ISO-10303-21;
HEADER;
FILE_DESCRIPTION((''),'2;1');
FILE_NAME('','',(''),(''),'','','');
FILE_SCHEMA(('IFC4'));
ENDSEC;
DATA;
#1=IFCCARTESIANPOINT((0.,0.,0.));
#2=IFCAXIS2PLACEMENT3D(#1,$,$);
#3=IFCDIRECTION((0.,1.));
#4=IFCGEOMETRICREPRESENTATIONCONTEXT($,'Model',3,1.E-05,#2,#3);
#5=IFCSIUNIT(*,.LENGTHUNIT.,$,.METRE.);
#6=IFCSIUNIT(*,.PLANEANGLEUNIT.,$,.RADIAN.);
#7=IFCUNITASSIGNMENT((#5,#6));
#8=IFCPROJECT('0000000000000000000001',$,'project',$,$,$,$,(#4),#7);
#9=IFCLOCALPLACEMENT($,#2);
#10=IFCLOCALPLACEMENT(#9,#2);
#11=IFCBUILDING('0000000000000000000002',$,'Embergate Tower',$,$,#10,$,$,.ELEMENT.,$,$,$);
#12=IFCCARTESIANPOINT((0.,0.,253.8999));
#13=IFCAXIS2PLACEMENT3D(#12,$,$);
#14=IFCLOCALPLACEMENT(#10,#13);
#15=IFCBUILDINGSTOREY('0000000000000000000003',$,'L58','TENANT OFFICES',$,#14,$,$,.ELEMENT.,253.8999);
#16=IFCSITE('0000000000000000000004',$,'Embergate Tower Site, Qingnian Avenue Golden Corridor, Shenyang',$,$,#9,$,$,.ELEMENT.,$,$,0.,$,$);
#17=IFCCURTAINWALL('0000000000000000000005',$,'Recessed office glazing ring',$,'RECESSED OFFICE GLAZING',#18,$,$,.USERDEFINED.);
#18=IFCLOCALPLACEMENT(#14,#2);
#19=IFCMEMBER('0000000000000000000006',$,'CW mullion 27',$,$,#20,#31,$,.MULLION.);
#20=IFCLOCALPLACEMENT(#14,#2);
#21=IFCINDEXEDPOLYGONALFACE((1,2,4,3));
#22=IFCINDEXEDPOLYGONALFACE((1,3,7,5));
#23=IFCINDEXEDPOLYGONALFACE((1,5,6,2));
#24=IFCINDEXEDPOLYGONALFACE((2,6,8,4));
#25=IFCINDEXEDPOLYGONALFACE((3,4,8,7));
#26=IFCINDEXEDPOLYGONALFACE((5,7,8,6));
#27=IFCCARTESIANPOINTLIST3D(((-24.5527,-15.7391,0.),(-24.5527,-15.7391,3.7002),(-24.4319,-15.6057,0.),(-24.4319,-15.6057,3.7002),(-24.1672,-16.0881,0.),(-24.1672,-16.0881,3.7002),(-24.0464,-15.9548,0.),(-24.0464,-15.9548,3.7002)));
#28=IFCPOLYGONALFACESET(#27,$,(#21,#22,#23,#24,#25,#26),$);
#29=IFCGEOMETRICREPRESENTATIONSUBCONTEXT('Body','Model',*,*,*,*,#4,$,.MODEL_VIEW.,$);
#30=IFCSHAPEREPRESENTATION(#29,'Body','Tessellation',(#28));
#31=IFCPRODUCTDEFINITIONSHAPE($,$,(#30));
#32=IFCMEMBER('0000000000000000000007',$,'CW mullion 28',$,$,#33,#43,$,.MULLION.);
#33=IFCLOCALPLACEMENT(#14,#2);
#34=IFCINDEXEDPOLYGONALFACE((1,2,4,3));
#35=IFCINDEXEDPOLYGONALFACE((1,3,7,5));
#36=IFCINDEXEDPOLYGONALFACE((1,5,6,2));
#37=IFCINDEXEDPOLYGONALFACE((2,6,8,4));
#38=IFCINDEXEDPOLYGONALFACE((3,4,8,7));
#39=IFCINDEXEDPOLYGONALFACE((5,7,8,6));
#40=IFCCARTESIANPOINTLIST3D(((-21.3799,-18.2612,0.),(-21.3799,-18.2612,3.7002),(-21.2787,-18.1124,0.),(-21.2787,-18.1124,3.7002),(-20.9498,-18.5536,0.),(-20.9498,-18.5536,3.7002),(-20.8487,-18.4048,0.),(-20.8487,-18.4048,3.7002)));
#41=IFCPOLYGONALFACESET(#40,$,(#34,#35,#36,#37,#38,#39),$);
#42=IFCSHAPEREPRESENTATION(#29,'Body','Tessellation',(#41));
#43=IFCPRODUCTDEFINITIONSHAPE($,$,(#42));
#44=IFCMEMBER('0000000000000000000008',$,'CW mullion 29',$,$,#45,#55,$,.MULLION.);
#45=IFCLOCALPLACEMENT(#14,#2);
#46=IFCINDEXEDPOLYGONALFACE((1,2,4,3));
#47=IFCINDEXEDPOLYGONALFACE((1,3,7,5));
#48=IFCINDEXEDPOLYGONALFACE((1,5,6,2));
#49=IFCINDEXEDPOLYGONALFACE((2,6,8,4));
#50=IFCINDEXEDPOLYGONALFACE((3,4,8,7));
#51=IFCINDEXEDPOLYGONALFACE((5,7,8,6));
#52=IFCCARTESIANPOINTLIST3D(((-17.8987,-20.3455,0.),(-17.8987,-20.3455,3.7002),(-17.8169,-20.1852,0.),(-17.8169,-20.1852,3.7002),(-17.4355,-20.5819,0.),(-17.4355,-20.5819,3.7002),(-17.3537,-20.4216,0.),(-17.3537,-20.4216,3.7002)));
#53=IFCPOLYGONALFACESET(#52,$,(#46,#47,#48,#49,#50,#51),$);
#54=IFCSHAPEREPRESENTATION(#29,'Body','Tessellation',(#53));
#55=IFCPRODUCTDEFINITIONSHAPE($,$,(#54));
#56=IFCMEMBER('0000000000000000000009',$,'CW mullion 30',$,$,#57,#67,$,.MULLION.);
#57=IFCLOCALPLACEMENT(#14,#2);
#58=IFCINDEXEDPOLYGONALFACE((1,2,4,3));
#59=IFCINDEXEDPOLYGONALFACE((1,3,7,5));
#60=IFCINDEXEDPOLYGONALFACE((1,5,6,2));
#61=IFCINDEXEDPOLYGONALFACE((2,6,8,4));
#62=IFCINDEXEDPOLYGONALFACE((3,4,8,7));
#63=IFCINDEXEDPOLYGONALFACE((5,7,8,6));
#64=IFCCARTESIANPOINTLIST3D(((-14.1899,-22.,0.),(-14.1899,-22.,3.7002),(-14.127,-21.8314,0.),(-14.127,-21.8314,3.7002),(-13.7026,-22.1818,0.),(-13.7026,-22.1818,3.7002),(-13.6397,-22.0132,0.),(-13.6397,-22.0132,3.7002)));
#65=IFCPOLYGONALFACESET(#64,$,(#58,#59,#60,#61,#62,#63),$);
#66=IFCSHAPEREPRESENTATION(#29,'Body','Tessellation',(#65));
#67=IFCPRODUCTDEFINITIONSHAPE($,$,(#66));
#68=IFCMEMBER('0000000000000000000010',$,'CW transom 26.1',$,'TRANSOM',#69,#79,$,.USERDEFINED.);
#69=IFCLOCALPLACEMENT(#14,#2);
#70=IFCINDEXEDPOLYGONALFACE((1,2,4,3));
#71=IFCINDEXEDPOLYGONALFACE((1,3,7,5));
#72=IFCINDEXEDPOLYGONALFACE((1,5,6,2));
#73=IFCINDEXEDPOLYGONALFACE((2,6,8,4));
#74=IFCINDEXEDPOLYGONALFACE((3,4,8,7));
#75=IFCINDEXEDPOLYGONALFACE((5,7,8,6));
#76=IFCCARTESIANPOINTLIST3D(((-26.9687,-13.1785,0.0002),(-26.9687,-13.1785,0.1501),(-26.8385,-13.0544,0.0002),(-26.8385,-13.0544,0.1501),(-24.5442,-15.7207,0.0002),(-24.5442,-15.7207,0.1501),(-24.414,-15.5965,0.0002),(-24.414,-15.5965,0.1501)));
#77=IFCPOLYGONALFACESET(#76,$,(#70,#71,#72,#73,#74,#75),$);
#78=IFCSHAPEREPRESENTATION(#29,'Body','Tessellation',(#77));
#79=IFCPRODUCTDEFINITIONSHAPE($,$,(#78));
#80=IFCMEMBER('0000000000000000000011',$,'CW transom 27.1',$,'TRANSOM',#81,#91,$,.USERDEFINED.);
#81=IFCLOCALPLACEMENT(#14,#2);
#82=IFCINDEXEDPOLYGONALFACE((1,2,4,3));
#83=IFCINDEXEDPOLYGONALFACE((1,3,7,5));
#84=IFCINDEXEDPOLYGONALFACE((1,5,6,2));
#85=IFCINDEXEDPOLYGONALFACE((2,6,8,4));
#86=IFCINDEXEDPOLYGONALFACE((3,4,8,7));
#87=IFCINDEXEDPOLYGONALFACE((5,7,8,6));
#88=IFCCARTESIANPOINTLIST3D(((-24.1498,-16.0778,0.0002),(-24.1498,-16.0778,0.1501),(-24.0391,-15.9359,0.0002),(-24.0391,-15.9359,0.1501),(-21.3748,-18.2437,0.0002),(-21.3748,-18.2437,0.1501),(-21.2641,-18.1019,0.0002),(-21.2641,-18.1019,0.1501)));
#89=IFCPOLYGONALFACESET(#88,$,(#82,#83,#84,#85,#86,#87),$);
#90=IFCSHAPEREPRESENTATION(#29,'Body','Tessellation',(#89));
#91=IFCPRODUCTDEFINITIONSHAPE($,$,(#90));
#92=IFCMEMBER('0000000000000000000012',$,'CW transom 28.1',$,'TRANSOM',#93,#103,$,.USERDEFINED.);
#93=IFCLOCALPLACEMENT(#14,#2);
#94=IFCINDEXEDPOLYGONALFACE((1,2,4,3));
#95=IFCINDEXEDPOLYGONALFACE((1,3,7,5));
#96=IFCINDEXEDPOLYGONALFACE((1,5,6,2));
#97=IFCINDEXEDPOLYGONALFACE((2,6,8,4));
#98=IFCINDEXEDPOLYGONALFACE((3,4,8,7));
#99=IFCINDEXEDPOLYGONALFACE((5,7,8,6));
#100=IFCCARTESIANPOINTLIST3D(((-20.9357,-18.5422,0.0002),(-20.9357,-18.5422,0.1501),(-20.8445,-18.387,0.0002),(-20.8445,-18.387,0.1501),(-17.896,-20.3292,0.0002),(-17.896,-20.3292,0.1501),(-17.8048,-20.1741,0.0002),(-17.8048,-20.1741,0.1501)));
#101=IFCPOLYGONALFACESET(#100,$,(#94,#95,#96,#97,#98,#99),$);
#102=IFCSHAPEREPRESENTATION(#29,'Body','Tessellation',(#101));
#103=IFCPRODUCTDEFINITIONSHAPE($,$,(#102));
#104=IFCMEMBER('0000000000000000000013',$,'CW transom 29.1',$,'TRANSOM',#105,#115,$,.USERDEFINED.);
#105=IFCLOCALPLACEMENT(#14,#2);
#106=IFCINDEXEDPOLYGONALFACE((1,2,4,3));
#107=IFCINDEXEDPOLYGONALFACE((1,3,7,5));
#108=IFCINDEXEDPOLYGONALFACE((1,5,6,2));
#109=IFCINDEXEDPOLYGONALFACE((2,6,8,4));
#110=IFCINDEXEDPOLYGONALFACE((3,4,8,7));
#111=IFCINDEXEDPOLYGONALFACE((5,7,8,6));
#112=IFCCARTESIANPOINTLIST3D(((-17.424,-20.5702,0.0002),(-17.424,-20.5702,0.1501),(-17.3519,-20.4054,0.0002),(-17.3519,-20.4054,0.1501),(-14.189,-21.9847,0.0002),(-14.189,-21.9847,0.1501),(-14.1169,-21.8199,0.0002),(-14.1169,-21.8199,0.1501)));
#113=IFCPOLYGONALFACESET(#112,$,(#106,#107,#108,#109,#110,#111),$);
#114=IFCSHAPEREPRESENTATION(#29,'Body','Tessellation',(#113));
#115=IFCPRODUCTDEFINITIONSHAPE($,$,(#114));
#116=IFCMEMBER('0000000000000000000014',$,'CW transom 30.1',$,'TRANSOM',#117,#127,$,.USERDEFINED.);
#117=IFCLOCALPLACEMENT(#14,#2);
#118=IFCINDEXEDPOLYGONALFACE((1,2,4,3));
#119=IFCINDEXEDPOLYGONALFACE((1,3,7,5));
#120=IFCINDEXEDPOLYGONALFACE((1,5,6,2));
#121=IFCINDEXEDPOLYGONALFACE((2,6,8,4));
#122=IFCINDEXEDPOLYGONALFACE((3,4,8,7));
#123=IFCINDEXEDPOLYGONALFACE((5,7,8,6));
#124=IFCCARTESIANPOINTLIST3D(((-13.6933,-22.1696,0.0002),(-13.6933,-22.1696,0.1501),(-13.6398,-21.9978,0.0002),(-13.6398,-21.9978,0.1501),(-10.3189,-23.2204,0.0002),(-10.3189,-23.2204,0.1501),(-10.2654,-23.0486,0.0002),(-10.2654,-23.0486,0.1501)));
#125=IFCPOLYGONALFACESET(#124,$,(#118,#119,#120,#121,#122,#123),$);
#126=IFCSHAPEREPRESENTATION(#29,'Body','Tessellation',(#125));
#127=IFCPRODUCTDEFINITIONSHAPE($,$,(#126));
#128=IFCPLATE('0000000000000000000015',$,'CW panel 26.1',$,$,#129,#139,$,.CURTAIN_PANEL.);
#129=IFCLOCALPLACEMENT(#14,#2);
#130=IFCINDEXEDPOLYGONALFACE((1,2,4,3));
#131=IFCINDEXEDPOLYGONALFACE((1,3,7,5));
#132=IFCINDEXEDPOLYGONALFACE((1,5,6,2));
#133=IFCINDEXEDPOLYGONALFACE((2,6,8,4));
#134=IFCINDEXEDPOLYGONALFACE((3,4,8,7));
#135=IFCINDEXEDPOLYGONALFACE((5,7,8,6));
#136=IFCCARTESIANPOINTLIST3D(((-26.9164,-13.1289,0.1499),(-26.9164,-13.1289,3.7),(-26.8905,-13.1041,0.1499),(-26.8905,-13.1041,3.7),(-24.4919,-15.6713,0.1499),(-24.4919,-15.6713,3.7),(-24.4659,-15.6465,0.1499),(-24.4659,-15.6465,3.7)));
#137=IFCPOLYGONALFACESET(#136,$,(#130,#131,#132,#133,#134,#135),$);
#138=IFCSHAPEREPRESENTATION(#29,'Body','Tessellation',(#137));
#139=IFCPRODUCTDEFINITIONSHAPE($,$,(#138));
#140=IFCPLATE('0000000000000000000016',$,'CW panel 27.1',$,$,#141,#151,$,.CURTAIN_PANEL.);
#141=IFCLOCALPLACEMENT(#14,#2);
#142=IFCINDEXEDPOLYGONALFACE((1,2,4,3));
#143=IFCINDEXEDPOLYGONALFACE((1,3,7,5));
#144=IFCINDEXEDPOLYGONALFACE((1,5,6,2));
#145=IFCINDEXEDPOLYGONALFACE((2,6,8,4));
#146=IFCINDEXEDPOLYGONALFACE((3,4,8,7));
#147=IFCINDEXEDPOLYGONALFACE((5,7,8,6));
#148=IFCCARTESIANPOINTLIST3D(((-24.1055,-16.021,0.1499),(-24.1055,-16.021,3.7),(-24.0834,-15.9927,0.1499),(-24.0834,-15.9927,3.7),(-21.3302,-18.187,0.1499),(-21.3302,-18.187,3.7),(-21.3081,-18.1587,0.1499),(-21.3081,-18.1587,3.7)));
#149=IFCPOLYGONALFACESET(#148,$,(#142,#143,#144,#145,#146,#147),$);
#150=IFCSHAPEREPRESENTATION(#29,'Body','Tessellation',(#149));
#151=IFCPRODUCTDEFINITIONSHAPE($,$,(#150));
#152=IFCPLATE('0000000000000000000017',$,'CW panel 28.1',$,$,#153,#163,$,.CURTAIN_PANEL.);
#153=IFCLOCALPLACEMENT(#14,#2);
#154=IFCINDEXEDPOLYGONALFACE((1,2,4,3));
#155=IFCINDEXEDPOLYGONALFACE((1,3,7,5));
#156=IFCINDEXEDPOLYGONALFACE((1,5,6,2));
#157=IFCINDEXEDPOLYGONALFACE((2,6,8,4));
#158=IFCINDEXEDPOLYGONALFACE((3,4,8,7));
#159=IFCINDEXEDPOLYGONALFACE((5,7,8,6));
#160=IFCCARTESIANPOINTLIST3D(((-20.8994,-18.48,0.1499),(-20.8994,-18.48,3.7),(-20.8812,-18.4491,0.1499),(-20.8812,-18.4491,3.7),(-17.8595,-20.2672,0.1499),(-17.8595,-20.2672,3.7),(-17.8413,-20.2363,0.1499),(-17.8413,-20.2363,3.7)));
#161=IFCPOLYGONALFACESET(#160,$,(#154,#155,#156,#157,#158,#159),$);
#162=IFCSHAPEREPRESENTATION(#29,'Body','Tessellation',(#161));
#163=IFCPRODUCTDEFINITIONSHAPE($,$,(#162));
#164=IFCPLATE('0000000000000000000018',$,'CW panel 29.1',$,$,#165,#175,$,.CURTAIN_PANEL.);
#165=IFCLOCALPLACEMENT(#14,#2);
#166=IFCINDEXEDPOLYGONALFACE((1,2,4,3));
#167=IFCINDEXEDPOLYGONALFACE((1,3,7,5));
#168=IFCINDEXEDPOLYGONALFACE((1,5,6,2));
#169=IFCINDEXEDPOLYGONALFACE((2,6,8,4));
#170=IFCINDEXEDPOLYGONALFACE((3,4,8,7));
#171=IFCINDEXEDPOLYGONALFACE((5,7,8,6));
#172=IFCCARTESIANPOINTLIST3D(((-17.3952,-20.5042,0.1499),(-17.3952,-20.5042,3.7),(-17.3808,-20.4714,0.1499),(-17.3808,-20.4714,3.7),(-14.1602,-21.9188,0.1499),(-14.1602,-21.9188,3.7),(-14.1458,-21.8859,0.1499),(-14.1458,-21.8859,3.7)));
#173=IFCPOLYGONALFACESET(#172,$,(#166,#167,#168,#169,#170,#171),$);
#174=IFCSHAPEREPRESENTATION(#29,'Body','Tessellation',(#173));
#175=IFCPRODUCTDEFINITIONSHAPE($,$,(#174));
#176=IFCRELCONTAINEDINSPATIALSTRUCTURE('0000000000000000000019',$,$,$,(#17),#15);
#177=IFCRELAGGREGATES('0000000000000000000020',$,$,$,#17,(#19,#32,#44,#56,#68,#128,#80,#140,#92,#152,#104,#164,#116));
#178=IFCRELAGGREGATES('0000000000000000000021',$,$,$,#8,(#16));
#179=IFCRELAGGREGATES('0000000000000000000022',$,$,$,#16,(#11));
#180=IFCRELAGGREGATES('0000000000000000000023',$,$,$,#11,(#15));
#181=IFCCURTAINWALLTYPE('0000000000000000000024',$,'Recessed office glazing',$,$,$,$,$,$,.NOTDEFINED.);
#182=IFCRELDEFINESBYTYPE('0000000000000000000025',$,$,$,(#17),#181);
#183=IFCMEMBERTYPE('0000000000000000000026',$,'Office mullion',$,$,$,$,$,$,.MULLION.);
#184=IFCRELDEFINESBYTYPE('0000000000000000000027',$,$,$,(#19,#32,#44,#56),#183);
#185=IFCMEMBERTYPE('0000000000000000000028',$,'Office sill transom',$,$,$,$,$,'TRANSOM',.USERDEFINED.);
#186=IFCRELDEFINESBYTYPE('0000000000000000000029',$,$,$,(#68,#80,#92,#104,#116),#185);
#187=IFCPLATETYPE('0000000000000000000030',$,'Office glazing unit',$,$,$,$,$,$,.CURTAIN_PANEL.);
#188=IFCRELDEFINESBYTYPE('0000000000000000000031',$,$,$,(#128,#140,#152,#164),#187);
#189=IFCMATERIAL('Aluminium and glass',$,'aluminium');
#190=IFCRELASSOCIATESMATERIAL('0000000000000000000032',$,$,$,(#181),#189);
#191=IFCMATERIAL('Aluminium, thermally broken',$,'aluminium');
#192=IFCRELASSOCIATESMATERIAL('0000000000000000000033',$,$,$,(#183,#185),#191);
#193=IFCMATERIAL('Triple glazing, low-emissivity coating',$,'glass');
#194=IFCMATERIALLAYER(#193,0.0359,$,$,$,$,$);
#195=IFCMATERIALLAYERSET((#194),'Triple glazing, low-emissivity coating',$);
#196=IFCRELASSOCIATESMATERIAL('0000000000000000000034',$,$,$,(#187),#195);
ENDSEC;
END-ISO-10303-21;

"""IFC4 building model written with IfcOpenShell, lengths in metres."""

from ifc_helpers import new_model, si_unit, direction, frame, origin, origin_2d, place, context, subcontext, project, spatial, rectangle, extrude, source, transform, mapped, material, layer, layer_set, material_profile, profile_set, type_object, element, aggregate, save


model = new_model("IFC4")

# Units and contexts
model_context = context("Model", 3, precision=1e-05, world=origin(), true_north=direction((0.0, 1.0)))
body_context = subcontext(model_context, "Body", "Model", "MODEL_VIEW")
ifc_project = project(units=[si_unit("LENGTHUNIT", "METRE"), si_unit("PLANEANGLEUNIT", "RADIAN")], contexts=[model_context])

# Site, building, storey
site_placement = place(None, origin())
site = spatial("IfcSite", under=ifc_project, at=site_placement, Name="Embergate Tower Site, Qingnian Avenue Golden Corridor, Shenyang", CompositionType="ELEMENT", RefElevation=0.0)
building_placement = place(site_placement, origin())
building = spatial("IfcBuilding", under=site, at=building_placement, Name="Embergate Tower", CompositionType="ELEMENT")
storey_placement = place(building_placement, frame((0.0, 0.0, 253.8999)))
storey = spatial("IfcBuildingStorey", under=building, at=storey_placement, Name="L58", Description="TENANT OFFICES", CompositionType="ELEMENT", Elevation=253.8999)

# Curtain wall, members, plates
ifc_material_1 = material(Name="Aluminium and glass", Category="aluminium")
curtain_wall_type = type_object("IfcCurtainWallType", Name="Recessed office glazing", PredefinedType="NOTDEFINED", material=ifc_material_1)
curtain_wall_placement = place(storey_placement, origin())
curtain_wall = element("IfcCurtainWall", 1, at=curtain_wall_placement, inside=storey, type_object=curtain_wall_type, Name="Recessed office glazing ring", ObjectType="RECESSED OFFICE GLAZING", PredefinedType="USERDEFINED")
ifc_material_2 = material(Name="Aluminium, thermally broken", Category="aluminium")
ifc_material_profile_1 = material_profile(ifc_material_2, rectangle(XDim=0.1799, YDim=0.52, at=origin_2d()), Name="AL 520x180")
ifc_profile_set_1 = profile_set([ifc_material_profile_1], Name="Aluminium, thermally broken")
member_type_1 = type_object("IfcMemberType", Name="Office mullion", PredefinedType="MULLION", material=ifc_profile_set_1)
shared_shape_1 = source(origin(), body_context, "Body", "SweptSolid", [
    extrude(rectangle(XDim=0.1799, YDim=0.52, at=origin_2d()), origin(), (0.0, 0.0, 1.0), 3.7002),
])
member_1_placement = place(storey_placement, frame((-24.2996, -15.8469, 0.0), z_axis=(0.0, 0.0, 1.0), x_axis=(0.671217, 0.74126, 0.0)))
member_1 = element("IfcMember", 2, at=member_1_placement, type_object=member_type_1, Name="CW mullion 27", PredefinedType="MULLION", context=body_context, shape_type="MappedRepresentation", body=[
    mapped(shared_shape_1, transform((0.0, 0.0, 0.0))),
])
member_2_placement = place(storey_placement, frame((-21.1143, -18.333, 0.0), z_axis=(0.0, 0.0, 1.0), x_axis=(0.562209, 0.826995, 0.0)))
member_2 = element("IfcMember", 3, at=member_2_placement, type_object=member_type_1, Name="CW mullion 28", PredefinedType="MULLION", context=body_context, shape_type="MappedRepresentation", body=[
    mapped(shared_shape_1, transform((0.0, 0.0, 0.0))),
])
member_3_placement = place(storey_placement, frame((-17.6262, -20.3835, 0.0), z_axis=(0.0, 0.0, 1.0), x_axis=(0.454505, 0.890744, 0.0)))
member_3 = element("IfcMember", 4, at=member_3_placement, type_object=member_type_1, Name="CW mullion 29", PredefinedType="MULLION", context=body_context, shape_type="MappedRepresentation", body=[
    mapped(shared_shape_1, transform((0.0, 0.0, 0.0))),
])
member_4_placement = place(storey_placement, frame((-13.9148, -22.0066, 0.0), z_axis=(0.0, 0.0, 1.0), x_axis=(0.349498, 0.936937, 0.0)))
member_4 = element("IfcMember", 5, at=member_4_placement, type_object=member_type_1, Name="CW mullion 30", PredefinedType="MULLION", context=body_context, shape_type="MappedRepresentation", body=[
    mapped(shared_shape_1, transform((0.0, 0.0, 0.0))),
])
ifc_material_profile_2 = material_profile(ifc_material_2, rectangle(XDim=0.1799, YDim=0.1499, at=origin_2d()), Name="AL 150x180")
ifc_profile_set_2 = profile_set([ifc_material_profile_2], Name="Aluminium, thermally broken")
member_type_2 = type_object("IfcMemberType", Name="Office sill transom", ElementType="TRANSOM", PredefinedType="USERDEFINED", material=ifc_profile_set_2)
shared_shape_2 = source(origin(), body_context, "Body", "SweptSolid", [
    extrude(rectangle(XDim=0.1799, YDim=0.1499, at=origin_2d()), origin(), (0.0, 0.0, 1.0), 3.5129),
])
member_5_placement = place(storey_placement, frame((-26.9036, -13.1165, 0.0752), z_axis=(0.69016, -0.723657, 0.0), x_axis=(0.723657, 0.69016, 0.0)))
member_5 = element("IfcMember", 6, at=member_5_placement, type_object=member_type_2, Name="CW transom 26.1", ObjectType="TRANSOM", PredefinedType="USERDEFINED", context=body_context, shape_type="MappedRepresentation", body=[
    mapped(shared_shape_2, transform((0.0, 0.0, 0.0))),
])
shared_shape_3 = source(origin(), body_context, "Body", "SweptSolid", [
    extrude(rectangle(XDim=0.1799, YDim=0.1499, at=origin_2d()), origin(), (0.0, 0.0, 1.0), 3.5203),
])
member_6_placement = place(storey_placement, frame((-24.0945, -16.0068, 0.0752), z_axis=(0.788309, -0.615279, 0.0), x_axis=(0.615279, 0.788309, 0.0)))
member_6 = element("IfcMember", 7, at=member_6_placement, type_object=member_type_2, Name="CW transom 27.1", ObjectType="TRANSOM", PredefinedType="USERDEFINED", context=body_context, shape_type="MappedRepresentation", body=[
    mapped(shared_shape_3, transform((0.0, 0.0, 0.0))),
])
shared_shape_4 = source(origin(), body_context, "Body", "SweptSolid", [
    extrude(rectangle(XDim=0.1799, YDim=0.1499, at=origin_2d()), origin(), (0.0, 0.0, 1.0), 3.5261),
])
member_7_placement = place(storey_placement, frame((-20.8901, -18.4646, 0.0752), z_axis=(0.862059, -0.506808, 0.0), x_axis=(0.506808, 0.862059, 0.0)))
member_7 = element("IfcMember", 8, at=member_7_placement, type_object=member_type_2, Name="CW transom 28.1", ObjectType="TRANSOM", PredefinedType="USERDEFINED", context=body_context, shape_type="MappedRepresentation", body=[
    mapped(shared_shape_4, transform((0.0, 0.0, 0.0))),
])
shared_shape_5 = source(origin(), body_context, "Body", "SweptSolid", [
    extrude(rectangle(XDim=0.1799, YDim=0.1499, at=origin_2d()), origin(), (0.0, 0.0, 1.0), 3.5308),
])
member_8_placement = place(storey_placement, frame((-17.3879, -20.4878, 0.0752), z_axis=(0.916241, -0.400627, 0.0), x_axis=(0.400627, 0.916241, 0.0)))
member_8 = element("IfcMember", 9, at=member_8_placement, type_object=member_type_2, Name="CW transom 29.1", ObjectType="TRANSOM", PredefinedType="USERDEFINED", context=body_context, shape_type="MappedRepresentation", body=[
    mapped(shared_shape_5, transform((0.0, 0.0, 0.0))),
])
shared_shape_6 = source(origin(), body_context, "Body", "SweptSolid", [
    extrude(rectangle(XDim=0.1799, YDim=0.1499, at=origin_2d()), origin(), (0.0, 0.0, 1.0), 3.5342),
])
member_9_placement = place(storey_placement, frame((-13.6665, -22.0837, 0.0752), z_axis=(0.954776, -0.297327, 0.0), x_axis=(0.297327, 0.954776, 0.0)))
member_9 = element("IfcMember", 10, at=member_9_placement, type_object=member_type_2, Name="CW transom 30.1", ObjectType="TRANSOM", PredefinedType="USERDEFINED", context=body_context, shape_type="MappedRepresentation", body=[
    mapped(shared_shape_6, transform((0.0, 0.0, 0.0))),
])
ifc_material_3 = material(Name="Triple glazing, low-emissivity coating", Category="glass")
ifc_layer_1 = layer(ifc_material_3, 0.0359)
ifc_layer_set_1 = layer_set([ifc_layer_1], Name="Triple glazing, low-emissivity coating")
plate_type = type_object("IfcPlateType", Name="Office glazing unit", PredefinedType="CURTAIN_PANEL", material=ifc_layer_set_1)
shared_shape_7 = source(origin(), body_context, "Body", "SweptSolid", [
    extrude(rectangle(XDim=3.5132, YDim=0.0359, at=origin_2d()), origin(), (0.0, 0.0, 1.0), 3.55),
])
plate_1_placement = place(storey_placement, frame((-25.6912, -14.3877, 0.1499), z_axis=(0.0, 0.0, 1.0), x_axis=(0.690138, -0.723678, 0.0)))
plate_1 = element("IfcPlate", 11, at=plate_1_placement, type_object=plate_type, Name="CW panel 26.1", PredefinedType="CURTAIN_PANEL", context=body_context, shape_type="MappedRepresentation", body=[
    mapped(shared_shape_7, transform((0.0, 0.0, 0.0))),
])
shared_shape_8 = source(origin(), body_context, "Body", "SweptSolid", [
    extrude(rectangle(XDim=3.5205, YDim=0.0359, at=origin_2d()), origin(), (0.0, 0.0, 1.0), 3.55),
])
plate_2_placement = place(storey_placement, frame((-22.7068, -17.0898, 0.1499), z_axis=(0.0, 0.0, 1.0), x_axis=(0.788322, -0.615263, 0.0)))
plate_2 = element("IfcPlate", 12, at=plate_2_placement, type_object=plate_type, Name="CW panel 27.1", PredefinedType="CURTAIN_PANEL", context=body_context, shape_type="MappedRepresentation", body=[
    mapped(shared_shape_8, transform((0.0, 0.0, 0.0))),
])
shared_shape_9 = source(origin(), body_context, "Body", "SweptSolid", [
    extrude(rectangle(XDim=3.5264, YDim=0.0359, at=origin_2d()), origin(), (0.0, 0.0, 1.0), 3.55),
])
plate_3_placement = place(storey_placement, frame((-19.3704, -19.3582, 0.1499), z_axis=(0.0, 0.0, 1.0), x_axis=(0.862055, -0.506815, 0.0)))
plate_3 = element("IfcPlate", 13, at=plate_3_placement, type_object=plate_type, Name="CW panel 28.1", PredefinedType="CURTAIN_PANEL", context=body_context, shape_type="MappedRepresentation", body=[
    mapped(shared_shape_9, transform((0.0, 0.0, 0.0))),
])
shared_shape_10 = source(origin(), body_context, "Body", "SweptSolid", [
    extrude(rectangle(XDim=3.5308, YDim=0.0359, at=origin_2d()), origin(), (0.0, 0.0, 1.0), 3.55),
])
plate_4_placement = place(storey_placement, frame((-15.7705, -21.1951, 0.1499), z_axis=(0.0, 0.0, 1.0), x_axis=(0.916237, -0.400637, 0.0)))
plate_4 = element("IfcPlate", 14, at=plate_4_placement, type_object=plate_type, Name="CW panel 29.1", PredefinedType="CURTAIN_PANEL", context=body_context, shape_type="MappedRepresentation", body=[
    mapped(shared_shape_10, transform((0.0, 0.0, 0.0))),
])
aggregate(curtain_wall, [member_1, member_2, member_3, member_4, member_5, plate_1, member_6, plate_2, member_7, plate_3, member_8, plate_4, member_9])

save(model, "model.ifc")
